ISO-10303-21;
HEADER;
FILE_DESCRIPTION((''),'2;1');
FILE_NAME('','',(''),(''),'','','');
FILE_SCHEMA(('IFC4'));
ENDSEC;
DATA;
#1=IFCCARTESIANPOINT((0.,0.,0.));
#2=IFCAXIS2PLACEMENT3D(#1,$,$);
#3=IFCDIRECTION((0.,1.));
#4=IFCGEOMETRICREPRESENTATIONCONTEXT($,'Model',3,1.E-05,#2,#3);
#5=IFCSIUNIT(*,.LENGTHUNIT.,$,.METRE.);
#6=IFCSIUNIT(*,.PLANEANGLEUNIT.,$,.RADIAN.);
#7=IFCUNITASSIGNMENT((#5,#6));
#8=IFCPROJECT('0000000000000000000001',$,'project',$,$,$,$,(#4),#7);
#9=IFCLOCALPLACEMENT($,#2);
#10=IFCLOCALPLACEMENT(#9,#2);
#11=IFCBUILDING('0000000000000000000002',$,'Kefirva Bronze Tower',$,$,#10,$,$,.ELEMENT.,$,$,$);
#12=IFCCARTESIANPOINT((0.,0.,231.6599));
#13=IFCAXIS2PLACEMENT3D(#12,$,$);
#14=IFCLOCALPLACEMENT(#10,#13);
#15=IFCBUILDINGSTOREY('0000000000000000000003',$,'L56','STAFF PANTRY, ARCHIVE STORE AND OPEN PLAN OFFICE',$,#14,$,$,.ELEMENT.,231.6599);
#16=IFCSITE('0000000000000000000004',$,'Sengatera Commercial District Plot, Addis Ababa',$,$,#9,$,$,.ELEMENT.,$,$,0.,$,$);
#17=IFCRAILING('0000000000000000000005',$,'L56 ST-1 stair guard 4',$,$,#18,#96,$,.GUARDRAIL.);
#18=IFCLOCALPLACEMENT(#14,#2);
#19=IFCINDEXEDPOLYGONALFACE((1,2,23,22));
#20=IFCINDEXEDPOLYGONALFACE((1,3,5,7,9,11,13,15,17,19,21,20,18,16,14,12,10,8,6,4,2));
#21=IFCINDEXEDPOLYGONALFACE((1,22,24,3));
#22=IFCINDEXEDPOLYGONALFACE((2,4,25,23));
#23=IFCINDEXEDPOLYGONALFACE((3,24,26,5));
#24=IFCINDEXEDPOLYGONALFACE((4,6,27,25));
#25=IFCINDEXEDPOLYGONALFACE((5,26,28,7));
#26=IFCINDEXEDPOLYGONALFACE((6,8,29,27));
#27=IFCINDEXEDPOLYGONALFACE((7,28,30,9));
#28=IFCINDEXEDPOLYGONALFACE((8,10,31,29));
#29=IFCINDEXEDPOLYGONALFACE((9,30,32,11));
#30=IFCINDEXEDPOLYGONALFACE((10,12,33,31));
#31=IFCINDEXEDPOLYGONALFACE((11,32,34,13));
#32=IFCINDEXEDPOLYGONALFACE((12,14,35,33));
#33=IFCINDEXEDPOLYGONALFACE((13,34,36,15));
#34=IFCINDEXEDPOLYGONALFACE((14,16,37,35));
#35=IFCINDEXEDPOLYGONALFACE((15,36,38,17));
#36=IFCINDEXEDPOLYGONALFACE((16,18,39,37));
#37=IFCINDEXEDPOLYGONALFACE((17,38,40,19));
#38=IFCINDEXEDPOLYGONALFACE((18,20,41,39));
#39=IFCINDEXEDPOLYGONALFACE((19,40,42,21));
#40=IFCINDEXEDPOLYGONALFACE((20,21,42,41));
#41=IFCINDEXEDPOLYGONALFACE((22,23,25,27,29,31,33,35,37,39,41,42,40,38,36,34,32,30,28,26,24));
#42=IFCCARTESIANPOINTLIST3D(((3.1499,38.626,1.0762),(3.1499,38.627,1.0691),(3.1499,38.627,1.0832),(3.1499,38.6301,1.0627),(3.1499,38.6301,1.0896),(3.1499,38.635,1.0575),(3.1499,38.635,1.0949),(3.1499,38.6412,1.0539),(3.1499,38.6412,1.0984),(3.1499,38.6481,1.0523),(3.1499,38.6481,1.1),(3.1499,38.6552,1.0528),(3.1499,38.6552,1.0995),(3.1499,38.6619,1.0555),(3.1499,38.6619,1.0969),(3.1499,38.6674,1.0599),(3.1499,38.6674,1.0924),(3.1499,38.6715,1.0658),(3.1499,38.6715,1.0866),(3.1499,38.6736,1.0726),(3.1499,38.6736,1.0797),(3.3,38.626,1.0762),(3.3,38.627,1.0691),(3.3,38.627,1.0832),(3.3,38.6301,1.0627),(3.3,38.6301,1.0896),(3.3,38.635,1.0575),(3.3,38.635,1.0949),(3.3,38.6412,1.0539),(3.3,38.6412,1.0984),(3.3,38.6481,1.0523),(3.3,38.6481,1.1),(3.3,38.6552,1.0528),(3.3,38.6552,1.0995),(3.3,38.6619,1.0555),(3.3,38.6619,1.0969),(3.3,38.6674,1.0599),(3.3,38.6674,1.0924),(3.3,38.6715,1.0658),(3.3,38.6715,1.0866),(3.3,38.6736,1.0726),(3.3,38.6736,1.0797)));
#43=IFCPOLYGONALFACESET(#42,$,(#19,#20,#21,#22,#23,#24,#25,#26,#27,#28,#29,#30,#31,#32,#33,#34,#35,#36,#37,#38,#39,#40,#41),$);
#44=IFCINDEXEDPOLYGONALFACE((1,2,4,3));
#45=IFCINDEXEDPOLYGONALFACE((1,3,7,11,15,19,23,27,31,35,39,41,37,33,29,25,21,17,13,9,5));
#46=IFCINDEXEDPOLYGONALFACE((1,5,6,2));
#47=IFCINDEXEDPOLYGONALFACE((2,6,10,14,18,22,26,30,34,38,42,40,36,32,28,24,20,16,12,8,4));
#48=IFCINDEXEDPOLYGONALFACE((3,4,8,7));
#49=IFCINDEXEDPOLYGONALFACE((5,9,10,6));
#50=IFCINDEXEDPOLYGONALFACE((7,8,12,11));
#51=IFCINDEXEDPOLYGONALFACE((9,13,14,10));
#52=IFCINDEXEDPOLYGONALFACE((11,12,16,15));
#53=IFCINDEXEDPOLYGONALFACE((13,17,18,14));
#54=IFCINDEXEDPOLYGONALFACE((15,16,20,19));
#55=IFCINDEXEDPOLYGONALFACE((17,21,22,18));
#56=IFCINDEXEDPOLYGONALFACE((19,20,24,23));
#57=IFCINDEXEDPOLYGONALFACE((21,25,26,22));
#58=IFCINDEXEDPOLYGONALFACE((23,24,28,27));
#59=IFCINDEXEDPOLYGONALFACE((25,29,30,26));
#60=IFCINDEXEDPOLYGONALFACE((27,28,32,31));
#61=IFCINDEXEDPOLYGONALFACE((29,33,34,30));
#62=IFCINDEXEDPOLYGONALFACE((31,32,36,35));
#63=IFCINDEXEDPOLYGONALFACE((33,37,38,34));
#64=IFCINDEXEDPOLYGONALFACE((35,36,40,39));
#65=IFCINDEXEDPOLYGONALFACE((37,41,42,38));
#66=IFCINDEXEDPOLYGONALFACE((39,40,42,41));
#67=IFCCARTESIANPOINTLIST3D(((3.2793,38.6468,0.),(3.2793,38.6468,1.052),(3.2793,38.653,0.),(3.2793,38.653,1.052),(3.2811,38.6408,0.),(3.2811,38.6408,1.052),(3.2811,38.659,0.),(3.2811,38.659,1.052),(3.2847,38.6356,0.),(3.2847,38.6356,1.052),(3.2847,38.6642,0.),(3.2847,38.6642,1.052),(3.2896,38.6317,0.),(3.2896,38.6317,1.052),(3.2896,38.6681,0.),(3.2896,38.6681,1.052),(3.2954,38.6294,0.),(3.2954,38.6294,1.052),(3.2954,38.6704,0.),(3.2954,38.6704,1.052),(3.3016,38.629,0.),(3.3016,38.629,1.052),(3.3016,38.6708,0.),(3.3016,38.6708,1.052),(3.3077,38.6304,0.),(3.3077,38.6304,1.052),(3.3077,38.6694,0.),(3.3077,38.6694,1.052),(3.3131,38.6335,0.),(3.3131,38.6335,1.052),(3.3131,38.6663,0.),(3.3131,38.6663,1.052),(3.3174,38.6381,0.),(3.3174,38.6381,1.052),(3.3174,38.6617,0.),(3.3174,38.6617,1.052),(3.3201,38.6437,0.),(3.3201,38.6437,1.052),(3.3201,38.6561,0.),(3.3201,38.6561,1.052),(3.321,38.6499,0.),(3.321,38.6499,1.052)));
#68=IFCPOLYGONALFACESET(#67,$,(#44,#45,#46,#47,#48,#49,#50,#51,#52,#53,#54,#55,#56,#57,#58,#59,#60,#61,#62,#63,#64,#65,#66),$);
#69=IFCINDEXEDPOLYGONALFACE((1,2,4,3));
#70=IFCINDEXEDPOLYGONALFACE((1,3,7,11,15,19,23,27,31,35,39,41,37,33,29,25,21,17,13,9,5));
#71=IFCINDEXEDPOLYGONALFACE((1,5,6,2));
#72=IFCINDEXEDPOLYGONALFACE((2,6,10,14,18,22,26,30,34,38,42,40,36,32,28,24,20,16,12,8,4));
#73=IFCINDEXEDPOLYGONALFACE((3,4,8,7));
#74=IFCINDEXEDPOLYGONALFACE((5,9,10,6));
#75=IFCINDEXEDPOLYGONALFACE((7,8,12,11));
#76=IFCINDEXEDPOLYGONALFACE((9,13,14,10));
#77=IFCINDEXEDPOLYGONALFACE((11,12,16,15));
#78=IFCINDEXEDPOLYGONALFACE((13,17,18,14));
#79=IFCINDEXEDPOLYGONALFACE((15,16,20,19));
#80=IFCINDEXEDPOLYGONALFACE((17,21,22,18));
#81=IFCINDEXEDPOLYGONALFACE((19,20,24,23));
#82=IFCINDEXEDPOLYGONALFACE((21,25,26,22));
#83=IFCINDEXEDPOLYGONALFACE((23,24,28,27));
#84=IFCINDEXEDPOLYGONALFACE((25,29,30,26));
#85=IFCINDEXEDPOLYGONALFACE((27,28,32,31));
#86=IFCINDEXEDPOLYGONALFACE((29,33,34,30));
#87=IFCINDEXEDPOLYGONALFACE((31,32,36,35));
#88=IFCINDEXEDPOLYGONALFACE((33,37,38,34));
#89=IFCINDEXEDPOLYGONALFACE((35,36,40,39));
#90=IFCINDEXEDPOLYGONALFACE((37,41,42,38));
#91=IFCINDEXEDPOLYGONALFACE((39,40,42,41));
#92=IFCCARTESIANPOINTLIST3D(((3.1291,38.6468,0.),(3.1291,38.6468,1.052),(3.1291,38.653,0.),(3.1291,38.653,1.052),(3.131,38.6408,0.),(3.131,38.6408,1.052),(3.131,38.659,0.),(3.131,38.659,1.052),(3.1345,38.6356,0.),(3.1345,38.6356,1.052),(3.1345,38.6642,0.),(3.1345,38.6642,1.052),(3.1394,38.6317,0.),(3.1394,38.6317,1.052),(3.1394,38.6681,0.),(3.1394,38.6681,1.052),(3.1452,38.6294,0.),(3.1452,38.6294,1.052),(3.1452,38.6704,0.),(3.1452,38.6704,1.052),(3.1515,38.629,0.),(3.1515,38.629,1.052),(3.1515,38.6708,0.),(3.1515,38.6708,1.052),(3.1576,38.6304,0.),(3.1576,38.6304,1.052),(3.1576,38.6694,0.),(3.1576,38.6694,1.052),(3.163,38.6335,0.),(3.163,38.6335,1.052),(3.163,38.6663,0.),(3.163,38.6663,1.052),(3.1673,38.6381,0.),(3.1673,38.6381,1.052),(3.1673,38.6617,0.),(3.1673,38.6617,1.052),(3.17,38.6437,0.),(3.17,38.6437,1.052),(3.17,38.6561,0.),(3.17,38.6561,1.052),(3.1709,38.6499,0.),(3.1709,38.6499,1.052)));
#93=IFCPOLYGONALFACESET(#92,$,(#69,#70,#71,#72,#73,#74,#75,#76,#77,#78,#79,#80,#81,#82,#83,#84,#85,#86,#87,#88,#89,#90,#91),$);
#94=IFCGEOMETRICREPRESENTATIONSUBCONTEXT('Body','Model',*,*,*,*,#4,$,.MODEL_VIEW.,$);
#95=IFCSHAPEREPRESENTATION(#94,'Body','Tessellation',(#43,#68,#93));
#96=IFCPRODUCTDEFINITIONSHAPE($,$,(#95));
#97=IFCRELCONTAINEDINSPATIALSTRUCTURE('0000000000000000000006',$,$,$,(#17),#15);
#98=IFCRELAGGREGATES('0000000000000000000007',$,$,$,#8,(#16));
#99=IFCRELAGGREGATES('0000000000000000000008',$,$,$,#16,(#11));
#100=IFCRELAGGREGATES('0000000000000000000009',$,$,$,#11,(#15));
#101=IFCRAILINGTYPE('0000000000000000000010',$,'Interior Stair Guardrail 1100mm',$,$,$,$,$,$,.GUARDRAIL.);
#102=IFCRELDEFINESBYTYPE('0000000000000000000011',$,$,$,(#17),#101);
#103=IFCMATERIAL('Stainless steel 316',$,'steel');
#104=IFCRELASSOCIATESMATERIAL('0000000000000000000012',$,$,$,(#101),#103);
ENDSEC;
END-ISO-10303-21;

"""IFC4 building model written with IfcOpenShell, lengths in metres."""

from ifc_helpers import new_model, si_unit, direction, frame, origin, origin_2d, place, context, subcontext, project, spatial, circle, extrude, material, type_object, element, save


model = new_model("IFC4")

# Units and contexts
model_context = context("Model", 3, precision=1e-05, world=origin(), true_north=direction((0.0, 1.0)))
body_context = subcontext(model_context, "Body", "Model", "MODEL_VIEW")
ifc_project = project(units=[si_unit("LENGTHUNIT", "METRE"), si_unit("PLANEANGLEUNIT", "RADIAN")], contexts=[model_context])

# Site, building, storey
site_placement = place(None, origin())
site = spatial("IfcSite", under=ifc_project, at=site_placement, Name="Sengatera Commercial District Plot, Addis Ababa", CompositionType="ELEMENT", RefElevation=0.0)
building_placement = place(site_placement, origin())
building = spatial("IfcBuilding", under=site, at=building_placement, Name="Kefirva Bronze Tower", CompositionType="ELEMENT")
storey_placement = place(building_placement, frame((0.0, 0.0, 231.6599)))
storey = spatial("IfcBuildingStorey", under=building, at=storey_placement, Name="L56", Description="STAFF PANTRY, ARCHIVE STORE AND OPEN PLAN OFFICE", CompositionType="ELEMENT", Elevation=231.6599)

# Railing
ifc_material_1 = material(Name="Stainless steel 316", Category="steel")
railing_type_1 = type_object("IfcRailingType", Name="Interior Stair Guardrail 1100mm", PredefinedType="GUARDRAIL", material=ifc_material_1)
railing_1_placement = place(storey_placement, frame((3.3, 38.6499, 0.0)))
element("IfcRailing", 1, at=railing_1_placement, inside=storey, type_object=railing_type_1, Name="L56 ST-1 stair guard 4", PredefinedType="GUARDRAIL", context=body_context, shape_type="SweptSolid", body=[
    extrude(circle(Radius=0.0239, at=origin_2d()), frame((0.0, 0.0, 1.0762), z_axis=(-1.0, 0.0, 0.0), x_axis=(0.0, -1.0, 0.0)), (0.0, 0.0, 1.0), 0.1501),
    extrude(circle(Radius=0.021, at=origin_2d()), origin(), (0.0, 0.0, 1.0), 1.052),
    extrude(circle(Radius=0.021, at=origin_2d()), frame((-0.1501, 0.0, 0.0)), (0.0, 0.0, 1.0), 1.052),
])

save(model, "model.ifc")
